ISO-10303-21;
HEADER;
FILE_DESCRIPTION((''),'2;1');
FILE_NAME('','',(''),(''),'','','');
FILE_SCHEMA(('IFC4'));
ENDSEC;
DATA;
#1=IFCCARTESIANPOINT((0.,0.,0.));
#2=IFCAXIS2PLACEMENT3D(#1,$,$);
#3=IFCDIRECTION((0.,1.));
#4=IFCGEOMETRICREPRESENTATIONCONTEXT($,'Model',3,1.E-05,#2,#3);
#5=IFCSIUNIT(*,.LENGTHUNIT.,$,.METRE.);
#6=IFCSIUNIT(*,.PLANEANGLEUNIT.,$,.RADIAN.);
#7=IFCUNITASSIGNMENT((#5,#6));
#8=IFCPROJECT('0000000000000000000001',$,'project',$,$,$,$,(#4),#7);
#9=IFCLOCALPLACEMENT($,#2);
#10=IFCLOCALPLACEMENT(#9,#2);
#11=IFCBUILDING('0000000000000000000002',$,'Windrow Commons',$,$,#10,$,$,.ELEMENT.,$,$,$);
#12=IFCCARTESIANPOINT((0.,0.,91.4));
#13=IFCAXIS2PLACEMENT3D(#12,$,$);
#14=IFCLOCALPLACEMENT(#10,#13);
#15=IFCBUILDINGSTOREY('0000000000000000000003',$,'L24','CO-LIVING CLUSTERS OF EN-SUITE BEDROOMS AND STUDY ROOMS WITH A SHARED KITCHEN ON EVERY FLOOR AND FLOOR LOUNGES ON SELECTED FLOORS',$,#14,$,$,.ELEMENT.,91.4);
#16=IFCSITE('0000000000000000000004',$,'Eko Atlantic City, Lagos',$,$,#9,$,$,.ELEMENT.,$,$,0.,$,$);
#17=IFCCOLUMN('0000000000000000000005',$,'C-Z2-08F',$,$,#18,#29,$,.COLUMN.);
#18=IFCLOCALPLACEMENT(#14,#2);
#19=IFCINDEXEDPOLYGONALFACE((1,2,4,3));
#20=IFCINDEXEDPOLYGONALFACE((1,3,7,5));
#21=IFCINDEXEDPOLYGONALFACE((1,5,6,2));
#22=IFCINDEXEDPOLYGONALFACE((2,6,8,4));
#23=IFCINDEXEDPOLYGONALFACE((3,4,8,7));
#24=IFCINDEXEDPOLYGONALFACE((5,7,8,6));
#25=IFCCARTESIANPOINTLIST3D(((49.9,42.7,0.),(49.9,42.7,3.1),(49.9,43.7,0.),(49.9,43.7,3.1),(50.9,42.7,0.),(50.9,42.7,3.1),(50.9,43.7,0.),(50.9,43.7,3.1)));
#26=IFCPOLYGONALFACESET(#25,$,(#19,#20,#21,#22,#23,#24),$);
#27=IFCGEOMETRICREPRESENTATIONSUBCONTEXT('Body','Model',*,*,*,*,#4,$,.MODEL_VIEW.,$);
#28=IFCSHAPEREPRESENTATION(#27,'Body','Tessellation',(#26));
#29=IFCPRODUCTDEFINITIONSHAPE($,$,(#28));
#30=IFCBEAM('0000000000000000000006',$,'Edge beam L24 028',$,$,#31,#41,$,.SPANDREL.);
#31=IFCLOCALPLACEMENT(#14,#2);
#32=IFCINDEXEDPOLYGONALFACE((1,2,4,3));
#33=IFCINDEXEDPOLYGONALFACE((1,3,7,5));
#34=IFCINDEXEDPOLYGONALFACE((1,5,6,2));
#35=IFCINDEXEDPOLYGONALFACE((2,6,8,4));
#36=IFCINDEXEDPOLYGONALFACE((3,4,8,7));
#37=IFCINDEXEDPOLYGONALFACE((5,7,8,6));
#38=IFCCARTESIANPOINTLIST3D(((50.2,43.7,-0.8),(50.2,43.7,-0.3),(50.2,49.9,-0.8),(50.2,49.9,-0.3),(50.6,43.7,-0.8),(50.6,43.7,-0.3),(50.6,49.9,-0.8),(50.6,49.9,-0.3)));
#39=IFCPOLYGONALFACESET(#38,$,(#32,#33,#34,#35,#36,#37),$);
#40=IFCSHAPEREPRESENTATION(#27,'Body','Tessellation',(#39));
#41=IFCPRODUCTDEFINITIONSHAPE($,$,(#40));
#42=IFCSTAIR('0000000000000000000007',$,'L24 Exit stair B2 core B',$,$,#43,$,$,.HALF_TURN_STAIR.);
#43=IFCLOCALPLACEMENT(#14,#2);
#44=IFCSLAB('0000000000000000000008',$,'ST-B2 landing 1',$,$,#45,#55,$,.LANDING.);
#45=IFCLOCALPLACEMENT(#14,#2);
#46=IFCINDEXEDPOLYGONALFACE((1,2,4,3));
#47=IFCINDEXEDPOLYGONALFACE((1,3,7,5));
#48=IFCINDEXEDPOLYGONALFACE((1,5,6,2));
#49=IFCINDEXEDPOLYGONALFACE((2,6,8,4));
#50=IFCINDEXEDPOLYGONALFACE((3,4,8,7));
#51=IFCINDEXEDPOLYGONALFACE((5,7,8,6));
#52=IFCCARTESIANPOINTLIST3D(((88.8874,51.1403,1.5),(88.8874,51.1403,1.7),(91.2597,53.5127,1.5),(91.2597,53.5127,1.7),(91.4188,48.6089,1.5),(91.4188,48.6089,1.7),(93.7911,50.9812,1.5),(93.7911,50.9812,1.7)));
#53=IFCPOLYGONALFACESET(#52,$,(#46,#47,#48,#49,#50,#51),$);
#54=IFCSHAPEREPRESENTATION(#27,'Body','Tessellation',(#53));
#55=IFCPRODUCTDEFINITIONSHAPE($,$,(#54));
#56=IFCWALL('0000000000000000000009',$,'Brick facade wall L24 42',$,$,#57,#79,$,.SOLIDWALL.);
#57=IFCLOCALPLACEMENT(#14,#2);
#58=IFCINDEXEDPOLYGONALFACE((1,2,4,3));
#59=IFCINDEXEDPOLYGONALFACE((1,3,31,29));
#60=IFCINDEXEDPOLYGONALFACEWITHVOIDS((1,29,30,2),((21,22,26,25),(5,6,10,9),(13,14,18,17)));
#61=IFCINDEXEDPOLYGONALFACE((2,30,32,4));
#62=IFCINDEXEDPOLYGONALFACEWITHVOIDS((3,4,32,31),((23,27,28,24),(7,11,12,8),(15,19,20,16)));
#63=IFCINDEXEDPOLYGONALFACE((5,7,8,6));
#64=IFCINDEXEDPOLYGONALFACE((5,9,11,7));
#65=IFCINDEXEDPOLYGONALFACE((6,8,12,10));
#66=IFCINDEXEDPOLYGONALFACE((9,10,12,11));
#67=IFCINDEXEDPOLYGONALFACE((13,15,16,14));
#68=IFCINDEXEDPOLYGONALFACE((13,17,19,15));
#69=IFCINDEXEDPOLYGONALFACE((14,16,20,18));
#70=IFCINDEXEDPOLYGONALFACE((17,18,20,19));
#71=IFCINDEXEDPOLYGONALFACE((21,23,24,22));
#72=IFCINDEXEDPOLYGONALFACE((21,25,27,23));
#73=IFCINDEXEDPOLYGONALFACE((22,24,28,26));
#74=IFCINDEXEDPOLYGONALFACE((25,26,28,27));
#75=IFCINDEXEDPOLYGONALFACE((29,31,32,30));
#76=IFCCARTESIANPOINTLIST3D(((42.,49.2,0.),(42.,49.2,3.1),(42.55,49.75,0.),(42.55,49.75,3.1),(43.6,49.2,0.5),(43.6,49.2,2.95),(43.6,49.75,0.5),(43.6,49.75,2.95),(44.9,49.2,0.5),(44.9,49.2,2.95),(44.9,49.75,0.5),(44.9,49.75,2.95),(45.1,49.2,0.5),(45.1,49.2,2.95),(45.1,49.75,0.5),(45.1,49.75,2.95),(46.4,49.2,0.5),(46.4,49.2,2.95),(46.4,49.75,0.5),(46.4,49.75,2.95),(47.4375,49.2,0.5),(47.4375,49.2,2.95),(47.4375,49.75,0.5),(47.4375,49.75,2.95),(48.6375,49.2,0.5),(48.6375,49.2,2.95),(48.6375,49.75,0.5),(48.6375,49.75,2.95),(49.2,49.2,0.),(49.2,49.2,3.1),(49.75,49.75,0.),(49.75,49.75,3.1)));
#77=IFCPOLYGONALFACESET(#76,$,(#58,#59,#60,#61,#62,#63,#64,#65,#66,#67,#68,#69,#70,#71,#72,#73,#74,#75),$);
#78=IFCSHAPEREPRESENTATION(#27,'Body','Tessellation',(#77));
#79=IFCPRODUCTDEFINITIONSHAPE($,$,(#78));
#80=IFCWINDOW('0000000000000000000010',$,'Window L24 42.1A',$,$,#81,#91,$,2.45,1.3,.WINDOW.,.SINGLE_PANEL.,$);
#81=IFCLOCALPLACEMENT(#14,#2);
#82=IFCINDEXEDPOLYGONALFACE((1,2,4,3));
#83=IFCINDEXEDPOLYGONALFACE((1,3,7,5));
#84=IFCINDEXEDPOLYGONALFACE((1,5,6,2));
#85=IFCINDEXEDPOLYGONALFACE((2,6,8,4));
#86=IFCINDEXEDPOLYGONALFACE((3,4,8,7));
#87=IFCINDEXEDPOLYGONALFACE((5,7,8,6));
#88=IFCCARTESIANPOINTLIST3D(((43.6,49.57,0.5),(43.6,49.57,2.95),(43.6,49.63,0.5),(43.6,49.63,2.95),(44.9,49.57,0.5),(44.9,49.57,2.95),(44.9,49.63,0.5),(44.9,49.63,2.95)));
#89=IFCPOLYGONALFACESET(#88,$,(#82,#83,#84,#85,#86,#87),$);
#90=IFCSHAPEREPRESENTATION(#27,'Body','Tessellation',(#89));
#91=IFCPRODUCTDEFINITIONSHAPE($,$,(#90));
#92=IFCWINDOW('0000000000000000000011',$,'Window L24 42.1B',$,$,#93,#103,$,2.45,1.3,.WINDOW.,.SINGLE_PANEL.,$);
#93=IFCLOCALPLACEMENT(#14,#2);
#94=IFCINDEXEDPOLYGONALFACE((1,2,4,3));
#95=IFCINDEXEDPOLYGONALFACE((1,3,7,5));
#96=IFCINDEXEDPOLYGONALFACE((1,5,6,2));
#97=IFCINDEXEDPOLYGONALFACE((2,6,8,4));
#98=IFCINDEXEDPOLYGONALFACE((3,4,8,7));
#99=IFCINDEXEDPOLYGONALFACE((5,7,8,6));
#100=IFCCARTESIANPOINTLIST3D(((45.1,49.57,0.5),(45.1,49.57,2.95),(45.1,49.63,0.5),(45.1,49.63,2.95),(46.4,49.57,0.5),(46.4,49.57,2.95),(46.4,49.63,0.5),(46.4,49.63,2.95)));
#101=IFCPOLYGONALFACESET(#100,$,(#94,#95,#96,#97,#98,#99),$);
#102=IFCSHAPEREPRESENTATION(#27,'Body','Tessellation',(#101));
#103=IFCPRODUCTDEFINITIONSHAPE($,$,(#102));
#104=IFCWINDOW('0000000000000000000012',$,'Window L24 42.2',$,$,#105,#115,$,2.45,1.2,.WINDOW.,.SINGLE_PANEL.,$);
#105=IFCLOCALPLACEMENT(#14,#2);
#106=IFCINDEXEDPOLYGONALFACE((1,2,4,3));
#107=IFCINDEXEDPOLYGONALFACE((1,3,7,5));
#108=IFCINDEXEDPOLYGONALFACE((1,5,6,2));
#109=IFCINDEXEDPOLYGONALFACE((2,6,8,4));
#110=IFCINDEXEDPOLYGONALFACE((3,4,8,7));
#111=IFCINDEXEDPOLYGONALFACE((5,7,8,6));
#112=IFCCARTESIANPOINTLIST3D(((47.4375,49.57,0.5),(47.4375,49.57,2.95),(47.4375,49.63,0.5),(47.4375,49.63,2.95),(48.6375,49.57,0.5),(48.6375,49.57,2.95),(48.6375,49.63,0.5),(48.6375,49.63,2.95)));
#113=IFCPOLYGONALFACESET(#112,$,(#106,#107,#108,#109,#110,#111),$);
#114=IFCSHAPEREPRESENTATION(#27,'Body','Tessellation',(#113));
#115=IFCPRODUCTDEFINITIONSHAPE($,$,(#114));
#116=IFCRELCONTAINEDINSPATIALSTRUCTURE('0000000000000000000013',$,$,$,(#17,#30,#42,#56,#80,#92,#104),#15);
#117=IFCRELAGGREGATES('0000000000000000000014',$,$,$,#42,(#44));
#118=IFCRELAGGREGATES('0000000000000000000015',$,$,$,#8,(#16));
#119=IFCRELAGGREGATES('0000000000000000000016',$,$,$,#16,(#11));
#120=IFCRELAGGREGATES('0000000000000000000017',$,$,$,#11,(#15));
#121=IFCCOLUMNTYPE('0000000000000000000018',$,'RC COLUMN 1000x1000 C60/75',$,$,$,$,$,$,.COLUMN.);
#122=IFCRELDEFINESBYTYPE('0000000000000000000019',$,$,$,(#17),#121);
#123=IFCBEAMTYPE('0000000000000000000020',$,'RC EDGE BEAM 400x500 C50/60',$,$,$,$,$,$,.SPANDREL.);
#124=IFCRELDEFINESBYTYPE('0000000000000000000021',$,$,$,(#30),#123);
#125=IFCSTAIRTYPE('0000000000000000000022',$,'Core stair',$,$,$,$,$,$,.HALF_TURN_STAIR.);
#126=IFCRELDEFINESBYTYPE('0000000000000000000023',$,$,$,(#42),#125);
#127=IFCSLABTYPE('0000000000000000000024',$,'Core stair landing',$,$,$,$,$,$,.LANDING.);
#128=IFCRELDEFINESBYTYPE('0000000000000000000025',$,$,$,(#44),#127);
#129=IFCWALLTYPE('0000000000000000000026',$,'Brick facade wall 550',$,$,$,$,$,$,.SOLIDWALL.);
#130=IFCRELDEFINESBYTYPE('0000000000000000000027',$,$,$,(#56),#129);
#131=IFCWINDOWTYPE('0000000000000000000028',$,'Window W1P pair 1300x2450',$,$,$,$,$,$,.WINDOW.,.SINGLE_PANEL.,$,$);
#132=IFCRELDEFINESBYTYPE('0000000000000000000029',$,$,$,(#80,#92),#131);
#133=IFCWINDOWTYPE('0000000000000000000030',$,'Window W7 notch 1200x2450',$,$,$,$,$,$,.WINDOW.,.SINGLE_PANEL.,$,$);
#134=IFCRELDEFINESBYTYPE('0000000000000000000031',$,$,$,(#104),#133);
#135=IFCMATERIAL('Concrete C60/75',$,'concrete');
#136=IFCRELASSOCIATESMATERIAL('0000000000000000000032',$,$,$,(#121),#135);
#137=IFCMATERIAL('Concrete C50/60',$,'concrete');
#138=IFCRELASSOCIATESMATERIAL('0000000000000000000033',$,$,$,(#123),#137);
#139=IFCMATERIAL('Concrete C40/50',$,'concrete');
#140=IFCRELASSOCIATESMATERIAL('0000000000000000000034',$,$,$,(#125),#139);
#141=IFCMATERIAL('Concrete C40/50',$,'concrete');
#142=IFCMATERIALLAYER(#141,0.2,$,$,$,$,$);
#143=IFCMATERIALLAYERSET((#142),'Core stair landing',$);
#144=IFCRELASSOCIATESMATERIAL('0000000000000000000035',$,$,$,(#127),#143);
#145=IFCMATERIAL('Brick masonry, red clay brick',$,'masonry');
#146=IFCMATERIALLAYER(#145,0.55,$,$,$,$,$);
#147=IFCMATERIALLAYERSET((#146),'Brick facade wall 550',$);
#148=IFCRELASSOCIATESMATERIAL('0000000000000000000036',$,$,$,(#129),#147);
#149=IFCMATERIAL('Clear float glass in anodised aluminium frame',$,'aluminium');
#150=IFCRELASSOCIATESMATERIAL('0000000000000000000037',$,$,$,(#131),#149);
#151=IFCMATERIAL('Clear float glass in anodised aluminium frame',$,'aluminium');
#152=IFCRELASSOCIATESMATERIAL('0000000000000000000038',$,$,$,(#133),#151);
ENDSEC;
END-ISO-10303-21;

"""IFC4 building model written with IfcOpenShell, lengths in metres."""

from ifc_helpers import new_model, si_unit, direction, frame, frame_2d, origin, origin_2d, place, context, subcontext, project, spatial, polyline, rectangle, outline, extrude, material, layer, layer_set, material_profile, profile_set, type_object, element, fill, aggregate, save


model = new_model("IFC4")

# Units and contexts
model_context = context("Model", 3, precision=1e-05, world=origin(), true_north=direction((0.0, 1.0)))
body_context = subcontext(model_context, "Body", "Model", "MODEL_VIEW")
ifc_project = project(units=[si_unit("LENGTHUNIT", "METRE"), si_unit("PLANEANGLEUNIT", "RADIAN")], contexts=[model_context])

# Site, building, storey
site_placement = place(None, origin())
site = spatial("IfcSite", under=ifc_project, at=site_placement, Name="Eko Atlantic City, Lagos", CompositionType="ELEMENT", RefElevation=0.0)
building_placement = place(site_placement, origin())
building = spatial("IfcBuilding", under=site, at=building_placement, Name="Windrow Commons", CompositionType="ELEMENT")
storey_placement = place(building_placement, frame((0.0, 0.0, 91.4)))
storey = spatial("IfcBuildingStorey", under=building, at=storey_placement, Name="L24", Description="CO-LIVING CLUSTERS OF EN-SUITE BEDROOMS AND STUDY ROOMS WITH A SHARED KITCHEN ON EVERY FLOOR AND FLOOR LOUNGES ON SELECTED FLOORS", CompositionType="ELEMENT", Elevation=91.4)

# Column
ifc_material_1 = material(Name="Concrete C60/75", Category="concrete")
ifc_material_profile_1 = material_profile(ifc_material_1, rectangle(XDim=1.0, YDim=1.0, at=origin_2d()))
ifc_profile_set_1 = profile_set([ifc_material_profile_1], Name="Concrete C60/75")
column_type = type_object("IfcColumnType", Name="RC COLUMN 1000x1000 C60/75", PredefinedType="COLUMN", material=ifc_profile_set_1)
column_placement = place(storey_placement, frame((50.4, 43.2, 0.0), z_axis=(0.0, 0.0, 1.0), x_axis=(1.0, 0.0, 0.0)))
element("IfcColumn", 1, at=column_placement, inside=storey, type_object=column_type, Name="C-Z2-08F", PredefinedType="COLUMN", context=body_context, shape_type="SweptSolid", body=[
    extrude(rectangle(XDim=1.0, YDim=1.0, at=origin_2d()), origin(), (0.0, 0.0, 1.0), 3.1),
])

# Beam
ifc_material_2 = material(Name="Concrete C50/60", Category="concrete")
ifc_material_profile_2 = material_profile(ifc_material_2, rectangle(XDim=0.4, YDim=0.5, at=origin_2d()))
ifc_profile_set_2 = profile_set([ifc_material_profile_2], Name="Concrete C50/60")
beam_type = type_object("IfcBeamType", Name="RC EDGE BEAM 400x500 C50/60", PredefinedType="SPANDREL", material=ifc_profile_set_2)
beam_placement = place(storey_placement, frame((50.4, 43.7, -0.55), z_axis=(0.0, 1.0, 0.0), x_axis=(-1.0, 0.0, 0.0)))
element("IfcBeam", 2, at=beam_placement, inside=storey, type_object=beam_type, Name="Edge beam L24 028", PredefinedType="SPANDREL", context=body_context, shape_type="SweptSolid", body=[
    extrude(rectangle(XDim=0.4, YDim=0.5, at=origin_2d()), origin(), (0.0, 0.0, 1.0), 6.2),
])

# Stair, slab
ifc_material_3 = material(Name="Concrete C40/50", Category="concrete")
stair_type = type_object("IfcStairType", Name="Core stair", PredefinedType="HALF_TURN_STAIR", material=ifc_material_3)
stair_placement = place(storey_placement, origin())
stair = element("IfcStair", 3, at=stair_placement, inside=storey, type_object=stair_type, Name="L24 Exit stair B2 core B", PredefinedType="HALF_TURN_STAIR")
ifc_material_4 = material(Name="Concrete C40/50", Category="concrete")
ifc_layer_1 = layer(ifc_material_4, 0.2)
ifc_layer_set_1 = layer_set([ifc_layer_1], Name="Core stair landing")
slab_type = type_object("IfcSlabType", Name="Core stair landing", PredefinedType="LANDING", material=ifc_layer_set_1)
slab_placement = place(storey_placement, frame((0.0, 0.0, 1.5)))
slab = element("IfcSlab", 4, at=slab_placement, type_object=slab_type, Name="ST-B2 landing 1", PredefinedType="LANDING", context=body_context, shape_type="SweptSolid", body=[
    extrude(outline(polyline([(88.8874, 51.1403), (91.4188, 48.6089), (93.7911, 50.9812), (91.2597, 53.5127), (88.8874, 51.1403)])), origin(), (0.0, 0.0, 1.0), 0.2),
])
aggregate(stair, [slab])

# Wall, openings, windows
ifc_material_5 = material(Name="Brick masonry, red clay brick", Category="masonry")
ifc_layer_2 = layer(ifc_material_5, 0.55)
ifc_layer_set_2 = layer_set([ifc_layer_2], Name="Brick facade wall 550")
wall_type_1 = type_object("IfcWallType", Name="Brick facade wall 550", PredefinedType="SOLIDWALL", material=ifc_layer_set_2)
wall_1_placement = place(storey_placement, frame((42.275, 49.475, 0.0), z_axis=(0.0, 0.0, 1.0), x_axis=(1.0, 0.0, 0.0)))
wall_1 = element("IfcWall", 5, at=wall_1_placement, inside=storey, type_object=wall_type_1, Name="Brick facade wall L24 42", PredefinedType="SOLIDWALL", context=body_context, shape_type="SweptSolid", body=[
    extrude(outline(polyline([(-0.275, -0.275), (6.925, -0.275), (7.475, 0.275), (0.275, 0.275), (-0.275, -0.275)])), origin(), (0.0, 0.0, 1.0), 3.1),
])
opening_1_placement = place(wall_1_placement, frame((1.325, 0.0, 0.5)))
opening_1 = element("IfcOpeningElement", 6, at=opening_1_placement, cuts=wall_1, PredefinedType="OPENING", context=body_context, shape_type="SweptSolid", body=[
    extrude(rectangle(XDim=1.3, YDim=2.45, at=frame_2d((0.65, 1.225))), frame((0.0, 0.285, 0.0), z_axis=(0.0, -1.0, 0.0), x_axis=(1.0, 0.0, 0.0)), (0.0, 0.0, 1.0), 0.57),
])
opening_2_placement = place(wall_1_placement, frame((2.825, 0.0, 0.5)))
opening_2 = element("IfcOpeningElement", 7, at=opening_2_placement, cuts=wall_1, PredefinedType="OPENING", context=body_context, shape_type="SweptSolid", body=[
    extrude(rectangle(XDim=1.3, YDim=2.45, at=frame_2d((0.65, 1.225))), frame((0.0, 0.285, 0.0), z_axis=(0.0, -1.0, 0.0), x_axis=(1.0, 0.0, 0.0)), (0.0, 0.0, 1.0), 0.57),
])
opening_3_placement = place(wall_1_placement, frame((5.1625, 0.0, 0.5)))
opening_3 = element("IfcOpeningElement", 8, at=opening_3_placement, cuts=wall_1, PredefinedType="OPENING", context=body_context, shape_type="SweptSolid", body=[
    extrude(rectangle(XDim=1.2, YDim=2.45, at=frame_2d((0.6, 1.225))), frame((0.0, 0.285, 0.0), z_axis=(0.0, -1.0, 0.0), x_axis=(1.0, 0.0, 0.0)), (0.0, 0.0, 1.0), 0.57),
])
ifc_material_6 = material(Name="Clear float glass in anodised aluminium frame", Category="aluminium")
window_type_1 = type_object("IfcWindowType", Name="Window W1P pair 1300x2450", PartitioningType="SINGLE_PANEL", PredefinedType="WINDOW", material=ifc_material_6)
window_1_placement = place(opening_1_placement, origin())
window_1 = element("IfcWindow", 9, at=window_1_placement, inside=storey, type_object=window_type_1, Name="Window L24 42.1A", OverallHeight=2.45, OverallWidth=1.3, PartitioningType="SINGLE_PANEL", PredefinedType="WINDOW", context=body_context, shape_type="SweptSolid", body=[
    extrude(rectangle(XDim=1.3, YDim=2.45, at=frame_2d((0.65, 1.225))), frame((0.0, 0.155, 0.0), z_axis=(0.0, -1.0, 0.0), x_axis=(1.0, 0.0, 0.0)), (0.0, 0.0, 1.0), 0.06),
])
fill(opening_1, window_1)
window_2_placement = place(opening_2_placement, origin())
window_2 = element("IfcWindow", 10, at=window_2_placement, inside=storey, type_object=window_type_1, Name="Window L24 42.1B", OverallHeight=2.45, OverallWidth=1.3, PartitioningType="SINGLE_PANEL", PredefinedType="WINDOW", context=body_context, shape_type="SweptSolid", body=[
    extrude(rectangle(XDim=1.3, YDim=2.45, at=frame_2d((0.65, 1.225))), frame((0.0, 0.155, 0.0), z_axis=(0.0, -1.0, 0.0), x_axis=(1.0, 0.0, 0.0)), (0.0, 0.0, 1.0), 0.06),
])
fill(opening_2, window_2)
ifc_material_7 = material(Name="Clear float glass in anodised aluminium frame", Category="aluminium")
window_type_2 = type_object("IfcWindowType", Name="Window W7 notch 1200x2450", PartitioningType="SINGLE_PANEL", PredefinedType="WINDOW", material=ifc_material_7)
window_3_placement = place(opening_3_placement, origin())
window_3 = element("IfcWindow", 11, at=window_3_placement, inside=storey, type_object=window_type_2, Name="Window L24 42.2", OverallHeight=2.45, OverallWidth=1.2, PartitioningType="SINGLE_PANEL", PredefinedType="WINDOW", context=body_context, shape_type="SweptSolid", body=[
    extrude(rectangle(XDim=1.2, YDim=2.45, at=frame_2d((0.6, 1.225))), frame((0.0, 0.155, 0.0), z_axis=(0.0, -1.0, 0.0), x_axis=(1.0, 0.0, 0.0)), (0.0, 0.0, 1.0), 0.06),
])
fill(opening_3, window_3)

save(model, "model.ifc")
